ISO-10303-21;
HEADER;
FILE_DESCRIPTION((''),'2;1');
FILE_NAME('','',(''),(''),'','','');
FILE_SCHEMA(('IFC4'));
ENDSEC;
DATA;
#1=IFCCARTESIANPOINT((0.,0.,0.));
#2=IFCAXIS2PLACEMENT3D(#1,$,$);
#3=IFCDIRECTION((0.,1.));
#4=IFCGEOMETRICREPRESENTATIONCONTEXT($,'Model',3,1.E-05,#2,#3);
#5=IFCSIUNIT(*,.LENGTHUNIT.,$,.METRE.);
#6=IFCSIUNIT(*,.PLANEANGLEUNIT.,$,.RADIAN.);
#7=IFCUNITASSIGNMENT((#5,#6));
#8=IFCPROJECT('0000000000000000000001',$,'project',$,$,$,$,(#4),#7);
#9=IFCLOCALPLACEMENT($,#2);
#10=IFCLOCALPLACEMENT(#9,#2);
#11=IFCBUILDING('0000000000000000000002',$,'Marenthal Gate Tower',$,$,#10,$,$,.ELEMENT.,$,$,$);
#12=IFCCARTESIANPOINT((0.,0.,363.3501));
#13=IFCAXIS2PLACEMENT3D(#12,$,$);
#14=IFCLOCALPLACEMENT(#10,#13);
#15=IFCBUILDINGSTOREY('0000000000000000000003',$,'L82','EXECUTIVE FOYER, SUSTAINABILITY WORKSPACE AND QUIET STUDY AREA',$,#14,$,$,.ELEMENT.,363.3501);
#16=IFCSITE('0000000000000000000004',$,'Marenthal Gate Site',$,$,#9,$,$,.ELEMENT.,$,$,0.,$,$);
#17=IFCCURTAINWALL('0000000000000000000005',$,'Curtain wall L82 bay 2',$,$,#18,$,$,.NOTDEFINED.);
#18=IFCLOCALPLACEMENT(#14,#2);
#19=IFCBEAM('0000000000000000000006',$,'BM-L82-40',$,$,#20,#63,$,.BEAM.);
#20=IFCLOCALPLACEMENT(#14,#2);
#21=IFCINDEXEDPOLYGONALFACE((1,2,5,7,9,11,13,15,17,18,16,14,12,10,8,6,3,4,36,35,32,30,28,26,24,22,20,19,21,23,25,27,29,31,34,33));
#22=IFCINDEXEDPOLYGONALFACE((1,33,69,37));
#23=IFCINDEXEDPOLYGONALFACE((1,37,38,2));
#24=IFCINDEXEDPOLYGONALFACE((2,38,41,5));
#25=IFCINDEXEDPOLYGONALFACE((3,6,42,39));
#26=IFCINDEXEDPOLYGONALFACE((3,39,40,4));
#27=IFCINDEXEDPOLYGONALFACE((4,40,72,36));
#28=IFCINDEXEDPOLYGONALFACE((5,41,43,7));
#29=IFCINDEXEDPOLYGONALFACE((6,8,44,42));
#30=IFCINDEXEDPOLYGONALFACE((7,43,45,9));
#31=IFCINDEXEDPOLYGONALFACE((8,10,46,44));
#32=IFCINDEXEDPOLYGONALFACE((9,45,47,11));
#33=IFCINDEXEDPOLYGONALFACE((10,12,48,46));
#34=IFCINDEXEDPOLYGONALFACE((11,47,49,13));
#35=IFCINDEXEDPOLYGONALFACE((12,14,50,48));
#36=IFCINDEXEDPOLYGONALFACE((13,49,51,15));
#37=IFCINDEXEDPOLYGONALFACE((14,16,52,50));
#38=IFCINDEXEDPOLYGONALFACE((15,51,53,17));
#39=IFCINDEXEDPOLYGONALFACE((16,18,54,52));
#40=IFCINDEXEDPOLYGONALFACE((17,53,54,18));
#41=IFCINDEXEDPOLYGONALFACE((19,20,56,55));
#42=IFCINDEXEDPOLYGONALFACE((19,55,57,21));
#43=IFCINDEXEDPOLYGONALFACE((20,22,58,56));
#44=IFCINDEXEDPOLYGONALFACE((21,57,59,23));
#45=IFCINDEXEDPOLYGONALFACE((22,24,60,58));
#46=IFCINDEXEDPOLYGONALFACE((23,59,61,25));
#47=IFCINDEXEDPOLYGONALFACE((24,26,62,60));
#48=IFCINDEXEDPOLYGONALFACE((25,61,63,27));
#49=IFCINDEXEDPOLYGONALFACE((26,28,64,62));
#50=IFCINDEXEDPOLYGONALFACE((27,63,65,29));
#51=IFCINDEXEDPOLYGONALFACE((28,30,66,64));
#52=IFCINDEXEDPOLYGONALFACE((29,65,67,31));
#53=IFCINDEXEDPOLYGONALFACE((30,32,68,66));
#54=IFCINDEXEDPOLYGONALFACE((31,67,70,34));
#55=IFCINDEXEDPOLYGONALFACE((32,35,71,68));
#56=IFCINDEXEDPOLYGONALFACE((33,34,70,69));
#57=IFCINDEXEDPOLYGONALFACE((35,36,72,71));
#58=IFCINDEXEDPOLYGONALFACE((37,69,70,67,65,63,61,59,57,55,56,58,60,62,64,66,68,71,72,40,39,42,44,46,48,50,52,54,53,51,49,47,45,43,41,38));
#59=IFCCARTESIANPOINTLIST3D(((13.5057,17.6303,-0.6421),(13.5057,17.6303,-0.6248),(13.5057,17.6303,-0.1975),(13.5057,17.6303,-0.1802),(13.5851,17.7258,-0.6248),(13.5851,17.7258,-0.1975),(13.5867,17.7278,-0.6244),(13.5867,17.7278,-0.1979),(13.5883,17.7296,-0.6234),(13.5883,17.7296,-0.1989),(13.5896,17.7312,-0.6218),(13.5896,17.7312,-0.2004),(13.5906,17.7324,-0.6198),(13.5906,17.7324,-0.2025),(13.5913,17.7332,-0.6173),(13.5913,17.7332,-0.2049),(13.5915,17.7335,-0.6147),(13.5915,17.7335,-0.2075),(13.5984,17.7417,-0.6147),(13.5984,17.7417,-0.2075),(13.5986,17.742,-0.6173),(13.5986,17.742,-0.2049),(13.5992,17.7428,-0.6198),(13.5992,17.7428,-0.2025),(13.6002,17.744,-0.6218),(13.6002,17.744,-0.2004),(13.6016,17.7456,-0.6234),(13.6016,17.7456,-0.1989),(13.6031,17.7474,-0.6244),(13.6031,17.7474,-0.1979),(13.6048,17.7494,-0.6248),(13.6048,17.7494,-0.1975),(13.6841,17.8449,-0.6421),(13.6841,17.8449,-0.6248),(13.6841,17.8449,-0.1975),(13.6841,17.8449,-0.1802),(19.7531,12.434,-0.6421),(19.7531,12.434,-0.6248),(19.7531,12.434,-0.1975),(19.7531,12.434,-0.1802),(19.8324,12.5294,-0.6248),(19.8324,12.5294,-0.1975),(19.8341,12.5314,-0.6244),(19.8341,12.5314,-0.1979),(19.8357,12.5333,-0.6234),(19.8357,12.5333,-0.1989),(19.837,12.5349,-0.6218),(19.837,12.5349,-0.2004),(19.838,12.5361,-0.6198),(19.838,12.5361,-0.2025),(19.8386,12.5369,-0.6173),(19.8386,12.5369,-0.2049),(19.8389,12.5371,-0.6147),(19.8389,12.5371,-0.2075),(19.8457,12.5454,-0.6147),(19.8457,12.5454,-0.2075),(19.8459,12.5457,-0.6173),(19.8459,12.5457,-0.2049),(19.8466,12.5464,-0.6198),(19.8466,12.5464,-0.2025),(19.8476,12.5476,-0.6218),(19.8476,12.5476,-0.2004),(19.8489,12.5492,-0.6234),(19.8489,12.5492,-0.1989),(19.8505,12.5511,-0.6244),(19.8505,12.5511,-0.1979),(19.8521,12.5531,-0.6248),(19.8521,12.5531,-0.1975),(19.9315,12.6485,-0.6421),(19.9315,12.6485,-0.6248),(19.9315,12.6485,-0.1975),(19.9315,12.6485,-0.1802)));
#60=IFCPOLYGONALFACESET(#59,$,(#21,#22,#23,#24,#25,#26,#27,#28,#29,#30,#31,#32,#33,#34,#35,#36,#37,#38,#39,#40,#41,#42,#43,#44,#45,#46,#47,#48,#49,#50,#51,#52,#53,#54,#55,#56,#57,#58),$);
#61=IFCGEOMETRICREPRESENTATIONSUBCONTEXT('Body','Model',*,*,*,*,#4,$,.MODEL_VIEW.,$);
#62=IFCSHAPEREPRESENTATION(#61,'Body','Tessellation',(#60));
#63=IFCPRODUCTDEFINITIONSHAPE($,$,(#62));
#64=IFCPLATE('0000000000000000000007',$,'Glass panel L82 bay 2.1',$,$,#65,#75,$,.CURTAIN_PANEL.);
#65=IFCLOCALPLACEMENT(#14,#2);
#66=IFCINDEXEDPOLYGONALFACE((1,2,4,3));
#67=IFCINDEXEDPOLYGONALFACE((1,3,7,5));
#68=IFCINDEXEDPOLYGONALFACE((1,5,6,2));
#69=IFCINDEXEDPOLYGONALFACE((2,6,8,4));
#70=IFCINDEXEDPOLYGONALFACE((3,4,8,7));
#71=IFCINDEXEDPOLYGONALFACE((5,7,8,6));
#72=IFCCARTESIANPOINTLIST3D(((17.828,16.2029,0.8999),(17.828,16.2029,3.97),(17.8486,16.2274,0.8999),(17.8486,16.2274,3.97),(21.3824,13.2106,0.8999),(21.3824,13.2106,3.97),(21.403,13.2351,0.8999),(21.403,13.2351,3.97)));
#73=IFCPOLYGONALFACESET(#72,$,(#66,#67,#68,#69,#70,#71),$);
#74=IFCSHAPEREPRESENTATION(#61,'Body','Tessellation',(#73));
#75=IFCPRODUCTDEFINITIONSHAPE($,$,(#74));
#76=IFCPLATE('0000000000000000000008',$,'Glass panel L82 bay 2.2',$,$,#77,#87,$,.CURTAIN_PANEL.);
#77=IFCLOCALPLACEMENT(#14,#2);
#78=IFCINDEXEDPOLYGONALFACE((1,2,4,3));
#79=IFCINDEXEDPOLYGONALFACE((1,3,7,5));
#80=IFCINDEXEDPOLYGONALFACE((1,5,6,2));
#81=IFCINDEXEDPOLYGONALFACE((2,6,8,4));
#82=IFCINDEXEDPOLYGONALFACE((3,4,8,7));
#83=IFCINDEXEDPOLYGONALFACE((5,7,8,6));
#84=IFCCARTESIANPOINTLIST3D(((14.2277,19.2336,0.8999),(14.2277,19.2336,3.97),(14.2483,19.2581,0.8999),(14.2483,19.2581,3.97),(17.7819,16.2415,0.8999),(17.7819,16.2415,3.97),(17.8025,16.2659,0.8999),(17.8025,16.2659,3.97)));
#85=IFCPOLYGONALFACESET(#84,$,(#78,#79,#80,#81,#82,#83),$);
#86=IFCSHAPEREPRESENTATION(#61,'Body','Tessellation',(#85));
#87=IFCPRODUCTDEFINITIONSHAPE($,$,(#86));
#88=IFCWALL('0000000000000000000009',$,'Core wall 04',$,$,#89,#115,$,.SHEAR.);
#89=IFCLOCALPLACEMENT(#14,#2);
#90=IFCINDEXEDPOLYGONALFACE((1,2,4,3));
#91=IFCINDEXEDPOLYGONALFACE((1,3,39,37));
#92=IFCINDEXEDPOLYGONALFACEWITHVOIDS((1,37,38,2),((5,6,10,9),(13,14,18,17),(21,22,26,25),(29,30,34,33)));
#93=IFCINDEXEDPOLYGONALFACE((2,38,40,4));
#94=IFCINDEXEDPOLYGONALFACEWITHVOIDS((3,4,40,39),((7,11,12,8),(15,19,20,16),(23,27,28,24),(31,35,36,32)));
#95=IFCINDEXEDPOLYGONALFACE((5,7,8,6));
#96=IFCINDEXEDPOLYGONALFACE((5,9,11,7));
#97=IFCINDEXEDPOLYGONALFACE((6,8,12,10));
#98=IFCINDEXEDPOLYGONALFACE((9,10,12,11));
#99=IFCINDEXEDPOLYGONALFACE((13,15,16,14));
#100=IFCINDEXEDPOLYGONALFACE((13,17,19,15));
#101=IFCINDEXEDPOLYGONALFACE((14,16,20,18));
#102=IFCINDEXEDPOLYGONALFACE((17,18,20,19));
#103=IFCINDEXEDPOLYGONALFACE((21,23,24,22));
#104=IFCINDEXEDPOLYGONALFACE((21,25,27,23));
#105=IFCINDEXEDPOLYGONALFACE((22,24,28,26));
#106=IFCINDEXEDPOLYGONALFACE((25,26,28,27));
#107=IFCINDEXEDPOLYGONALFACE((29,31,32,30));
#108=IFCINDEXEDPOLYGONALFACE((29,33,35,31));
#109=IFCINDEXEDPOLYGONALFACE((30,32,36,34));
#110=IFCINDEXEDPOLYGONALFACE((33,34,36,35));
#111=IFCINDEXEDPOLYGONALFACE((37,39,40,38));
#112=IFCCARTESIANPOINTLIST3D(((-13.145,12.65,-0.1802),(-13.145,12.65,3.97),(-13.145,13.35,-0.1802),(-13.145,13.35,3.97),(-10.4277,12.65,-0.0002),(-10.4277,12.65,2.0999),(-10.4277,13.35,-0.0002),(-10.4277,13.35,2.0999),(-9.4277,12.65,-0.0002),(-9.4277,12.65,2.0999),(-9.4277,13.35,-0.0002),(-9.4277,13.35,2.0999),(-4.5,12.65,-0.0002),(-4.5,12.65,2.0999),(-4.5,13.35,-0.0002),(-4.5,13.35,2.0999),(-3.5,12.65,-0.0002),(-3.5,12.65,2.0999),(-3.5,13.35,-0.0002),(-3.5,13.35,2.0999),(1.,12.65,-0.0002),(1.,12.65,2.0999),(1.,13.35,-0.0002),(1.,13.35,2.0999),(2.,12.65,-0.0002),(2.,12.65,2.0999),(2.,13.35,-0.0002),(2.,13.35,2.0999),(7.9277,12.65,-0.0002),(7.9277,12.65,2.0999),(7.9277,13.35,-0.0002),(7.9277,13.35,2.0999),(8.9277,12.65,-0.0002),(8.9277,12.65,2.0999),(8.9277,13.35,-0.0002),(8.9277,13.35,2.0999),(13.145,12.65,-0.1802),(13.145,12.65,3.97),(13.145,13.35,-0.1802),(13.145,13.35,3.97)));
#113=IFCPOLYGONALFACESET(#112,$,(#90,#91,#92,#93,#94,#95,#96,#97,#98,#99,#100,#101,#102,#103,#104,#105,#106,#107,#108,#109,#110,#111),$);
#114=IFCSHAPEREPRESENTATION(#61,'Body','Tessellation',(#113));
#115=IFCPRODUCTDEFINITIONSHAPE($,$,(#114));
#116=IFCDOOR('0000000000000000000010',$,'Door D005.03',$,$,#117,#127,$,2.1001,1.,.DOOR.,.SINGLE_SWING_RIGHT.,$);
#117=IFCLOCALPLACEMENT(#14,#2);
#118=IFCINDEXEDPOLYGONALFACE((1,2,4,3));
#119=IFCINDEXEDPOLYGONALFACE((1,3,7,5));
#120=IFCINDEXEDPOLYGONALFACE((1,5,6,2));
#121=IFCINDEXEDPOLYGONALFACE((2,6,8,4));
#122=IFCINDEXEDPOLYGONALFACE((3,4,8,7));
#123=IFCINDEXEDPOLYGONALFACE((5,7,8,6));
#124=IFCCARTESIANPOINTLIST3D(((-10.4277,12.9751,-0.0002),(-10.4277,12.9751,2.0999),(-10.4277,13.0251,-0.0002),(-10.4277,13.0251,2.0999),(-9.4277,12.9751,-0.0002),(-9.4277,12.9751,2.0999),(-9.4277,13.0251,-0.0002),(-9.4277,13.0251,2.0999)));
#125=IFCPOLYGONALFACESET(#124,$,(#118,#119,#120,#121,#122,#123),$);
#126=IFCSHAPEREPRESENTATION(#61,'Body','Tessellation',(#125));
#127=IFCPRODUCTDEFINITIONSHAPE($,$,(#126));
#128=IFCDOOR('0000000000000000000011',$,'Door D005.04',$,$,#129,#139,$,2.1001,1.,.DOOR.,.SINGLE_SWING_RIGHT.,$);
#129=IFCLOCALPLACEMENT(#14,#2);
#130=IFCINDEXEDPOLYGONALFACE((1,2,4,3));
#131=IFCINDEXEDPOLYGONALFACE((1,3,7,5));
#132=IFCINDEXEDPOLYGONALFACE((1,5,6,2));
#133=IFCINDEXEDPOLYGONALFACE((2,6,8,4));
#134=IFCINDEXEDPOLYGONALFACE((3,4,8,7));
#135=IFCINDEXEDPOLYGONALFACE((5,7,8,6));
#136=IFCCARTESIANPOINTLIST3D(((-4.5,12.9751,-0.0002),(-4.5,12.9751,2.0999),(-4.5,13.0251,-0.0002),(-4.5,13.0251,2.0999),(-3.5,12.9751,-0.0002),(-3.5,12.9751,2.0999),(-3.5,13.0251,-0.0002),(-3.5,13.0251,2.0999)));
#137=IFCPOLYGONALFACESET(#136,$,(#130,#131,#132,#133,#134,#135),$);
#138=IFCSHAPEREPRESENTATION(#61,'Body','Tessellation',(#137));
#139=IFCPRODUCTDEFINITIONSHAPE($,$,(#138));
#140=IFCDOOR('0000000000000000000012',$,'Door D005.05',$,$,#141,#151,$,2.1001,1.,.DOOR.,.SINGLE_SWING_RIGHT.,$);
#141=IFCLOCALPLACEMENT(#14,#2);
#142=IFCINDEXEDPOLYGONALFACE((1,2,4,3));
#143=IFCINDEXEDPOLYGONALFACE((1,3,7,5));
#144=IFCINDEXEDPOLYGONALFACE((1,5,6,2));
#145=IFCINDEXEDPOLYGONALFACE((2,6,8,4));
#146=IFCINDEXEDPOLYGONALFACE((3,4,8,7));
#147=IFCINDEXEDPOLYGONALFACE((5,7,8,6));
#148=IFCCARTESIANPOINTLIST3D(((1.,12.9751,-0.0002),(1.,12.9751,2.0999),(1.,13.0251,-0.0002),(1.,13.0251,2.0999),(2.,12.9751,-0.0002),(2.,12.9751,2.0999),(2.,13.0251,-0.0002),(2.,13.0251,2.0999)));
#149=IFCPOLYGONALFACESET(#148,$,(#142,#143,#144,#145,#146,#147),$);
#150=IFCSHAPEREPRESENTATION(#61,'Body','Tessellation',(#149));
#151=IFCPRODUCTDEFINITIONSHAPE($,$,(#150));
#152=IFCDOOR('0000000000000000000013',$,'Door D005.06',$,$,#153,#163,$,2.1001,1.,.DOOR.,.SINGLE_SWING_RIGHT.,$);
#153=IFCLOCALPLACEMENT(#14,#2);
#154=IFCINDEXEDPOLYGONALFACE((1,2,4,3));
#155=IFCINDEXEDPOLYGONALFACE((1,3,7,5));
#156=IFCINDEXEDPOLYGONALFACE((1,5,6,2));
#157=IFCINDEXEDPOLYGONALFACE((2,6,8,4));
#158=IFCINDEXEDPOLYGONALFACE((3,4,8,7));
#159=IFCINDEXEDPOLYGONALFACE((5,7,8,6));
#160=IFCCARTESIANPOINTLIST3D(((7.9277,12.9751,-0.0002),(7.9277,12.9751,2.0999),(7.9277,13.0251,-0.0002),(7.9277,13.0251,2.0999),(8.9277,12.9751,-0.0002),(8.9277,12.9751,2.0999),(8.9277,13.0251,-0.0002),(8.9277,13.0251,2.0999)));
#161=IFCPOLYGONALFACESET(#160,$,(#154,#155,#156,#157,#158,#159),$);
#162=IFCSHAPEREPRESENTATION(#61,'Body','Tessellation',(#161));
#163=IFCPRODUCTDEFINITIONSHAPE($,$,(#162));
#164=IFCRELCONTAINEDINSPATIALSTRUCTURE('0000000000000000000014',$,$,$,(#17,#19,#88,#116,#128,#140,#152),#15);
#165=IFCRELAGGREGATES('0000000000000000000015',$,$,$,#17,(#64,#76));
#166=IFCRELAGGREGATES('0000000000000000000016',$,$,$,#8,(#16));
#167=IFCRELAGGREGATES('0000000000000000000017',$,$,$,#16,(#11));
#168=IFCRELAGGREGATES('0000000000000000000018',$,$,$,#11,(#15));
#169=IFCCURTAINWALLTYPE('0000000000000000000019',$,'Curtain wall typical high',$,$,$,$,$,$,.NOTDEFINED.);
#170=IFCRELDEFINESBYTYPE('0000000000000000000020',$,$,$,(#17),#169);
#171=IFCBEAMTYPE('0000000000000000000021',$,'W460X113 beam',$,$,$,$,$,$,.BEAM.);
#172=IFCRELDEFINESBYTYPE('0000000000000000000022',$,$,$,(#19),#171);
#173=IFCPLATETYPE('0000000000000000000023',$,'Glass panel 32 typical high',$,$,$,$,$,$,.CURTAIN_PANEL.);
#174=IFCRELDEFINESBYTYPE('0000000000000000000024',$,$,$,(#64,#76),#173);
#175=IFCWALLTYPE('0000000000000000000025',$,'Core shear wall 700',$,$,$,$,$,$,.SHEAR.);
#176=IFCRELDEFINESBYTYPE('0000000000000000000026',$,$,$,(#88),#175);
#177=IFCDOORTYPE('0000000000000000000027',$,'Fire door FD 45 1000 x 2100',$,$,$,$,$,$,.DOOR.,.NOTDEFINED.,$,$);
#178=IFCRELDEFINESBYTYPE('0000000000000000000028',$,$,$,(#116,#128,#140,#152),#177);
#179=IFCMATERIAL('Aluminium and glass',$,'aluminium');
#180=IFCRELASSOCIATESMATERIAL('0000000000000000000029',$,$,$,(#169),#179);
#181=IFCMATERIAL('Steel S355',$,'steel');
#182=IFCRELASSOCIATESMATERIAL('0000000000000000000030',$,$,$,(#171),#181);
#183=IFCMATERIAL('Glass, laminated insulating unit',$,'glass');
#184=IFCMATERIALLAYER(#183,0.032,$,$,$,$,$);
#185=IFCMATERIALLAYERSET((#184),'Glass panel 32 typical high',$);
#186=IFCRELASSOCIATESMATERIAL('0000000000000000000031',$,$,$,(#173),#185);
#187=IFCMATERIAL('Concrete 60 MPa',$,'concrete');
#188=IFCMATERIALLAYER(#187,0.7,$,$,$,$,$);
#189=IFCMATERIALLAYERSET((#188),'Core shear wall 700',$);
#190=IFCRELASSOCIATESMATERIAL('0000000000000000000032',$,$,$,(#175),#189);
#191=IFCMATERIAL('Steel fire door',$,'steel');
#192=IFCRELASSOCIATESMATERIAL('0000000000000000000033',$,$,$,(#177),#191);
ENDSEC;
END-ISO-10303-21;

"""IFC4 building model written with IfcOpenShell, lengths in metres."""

from ifc_helpers import new_model, si_unit, direction, frame, frame_2d, origin, origin_2d, place, context, subcontext, project, spatial, rectangle, i_section, extrude, material, layer, layer_set, material_profile, profile_set, type_object, element, fill, aggregate, save


model = new_model("IFC4")

# Units and contexts
model_context = context("Model", 3, precision=1e-05, world=origin(), true_north=direction((0.0, 1.0)))
body_context = subcontext(model_context, "Body", "Model", "MODEL_VIEW")
ifc_project = project(units=[si_unit("LENGTHUNIT", "METRE"), si_unit("PLANEANGLEUNIT", "RADIAN")], contexts=[model_context])

# Site, building, storey
site_placement = place(None, origin())
site = spatial("IfcSite", under=ifc_project, at=site_placement, Name="Marenthal Gate Site", CompositionType="ELEMENT", RefElevation=0.0)
building_placement = place(site_placement, origin())
building = spatial("IfcBuilding", under=site, at=building_placement, Name="Marenthal Gate Tower", CompositionType="ELEMENT")
storey_placement = place(building_placement, frame((0.0, 0.0, 363.3501)))
storey = spatial("IfcBuildingStorey", under=building, at=storey_placement, Name="L82", Description="EXECUTIVE FOYER, SUSTAINABILITY WORKSPACE AND QUIET STUDY AREA", CompositionType="ELEMENT", Elevation=363.3501)

# Curtain wall
ifc_material_1 = material(Name="Aluminium and glass", Category="aluminium")
curtain_wall_type = type_object("IfcCurtainWallType", Name="Curtain wall typical high", PredefinedType="NOTDEFINED", material=ifc_material_1)
curtain_wall_placement = place(storey_placement, origin())
curtain_wall = element("IfcCurtainWall", 1, at=curtain_wall_placement, inside=storey, type_object=curtain_wall_type, Name="Curtain wall L82 bay 2", PredefinedType="NOTDEFINED")

# Beam
ifc_material_2 = material(Name="Steel S355", Category="steel")
ifc_material_profile_1 = material_profile(ifc_material_2, i_section(OverallWidth=0.2791, OverallDepth=0.4619, WebThickness=0.0107, FlangeThickness=0.0173, FilletRadius=0.01, at=origin_2d()), Name="W460X113")
ifc_profile_set_1 = profile_set([ifc_material_profile_1], Name="Steel S355")
beam_type_1 = type_object("IfcBeamType", Name="W460X113 beam", PredefinedType="BEAM", material=ifc_profile_set_1)
beam_1_placement = place(storey_placement, frame((19.8423, 12.5413, -0.4111), z_axis=(-0.768814, 0.639472, 0.0), x_axis=(-0.639472, -0.768814, 0.0)))
element("IfcBeam", 2, at=beam_1_placement, inside=storey, type_object=beam_type_1, Name="BM-L82-40", PredefinedType="BEAM", context=body_context, shape_type="SweptSolid", body=[
    extrude(i_section(OverallWidth=0.2791, OverallDepth=0.4619, WebThickness=0.0107, FlangeThickness=0.0173, FilletRadius=0.01, at=origin_2d()), origin(), (0.0, 0.0, 1.0), 8.126),
])

# Plates
ifc_material_3 = material(Name="Glass, laminated insulating unit", Category="glass")
ifc_layer_1 = layer(ifc_material_3, 0.032)
ifc_layer_set_1 = layer_set([ifc_layer_1], Name="Glass panel 32 typical high")
plate_type = type_object("IfcPlateType", Name="Glass panel 32 typical high", PredefinedType="CURTAIN_PANEL", material=ifc_layer_set_1)
plate_1_placement = place(storey_placement, frame((19.6155, 14.719, 0.8999), z_axis=(0.0, 0.0, 1.0), x_axis=(-0.765006, 0.644023, 0.0)))
plate_1 = element("IfcPlate", 3, at=plate_1_placement, type_object=plate_type, Name="Glass panel L82 bay 2.1", PredefinedType="CURTAIN_PANEL", context=body_context, shape_type="SweptSolid", body=[
    extrude(rectangle(XDim=4.6462, YDim=0.032, at=origin_2d()), origin(), (0.0, 0.0, 1.0), 3.0701),
])
plate_2_placement = place(storey_placement, frame((16.0151, 17.7498, 0.8999), z_axis=(0.0, 0.0, 1.0), x_axis=(-0.765006, 0.644023, 0.0)))
plate_2 = element("IfcPlate", 4, at=plate_2_placement, type_object=plate_type, Name="Glass panel L82 bay 2.2", PredefinedType="CURTAIN_PANEL", context=body_context, shape_type="SweptSolid", body=[
    extrude(rectangle(XDim=4.646, YDim=0.032, at=origin_2d()), origin(), (0.0, 0.0, 1.0), 3.0701),
])
aggregate(curtain_wall, [plate_1, plate_2])

# Wall, openings, doors
ifc_material_4 = material(Name="Concrete 60 MPa", Category="concrete")
ifc_layer_2 = layer(ifc_material_4, 0.7)
ifc_layer_set_2 = layer_set([ifc_layer_2], Name="Core shear wall 700")
wall_type_1 = type_object("IfcWallType", Name="Core shear wall 700", PredefinedType="SHEAR", material=ifc_layer_set_2)
wall_1_placement = place(storey_placement, frame((13.145, 13.0, -0.1802), z_axis=(0.0, 0.0, 1.0), x_axis=(-1.0, 0.0, 0.0)))
wall_1 = element("IfcWall", 5, at=wall_1_placement, inside=storey, type_object=wall_type_1, Name="Core wall 04", PredefinedType="SHEAR", context=body_context, shape_type="SweptSolid", body=[
    extrude(rectangle(XDim=26.29, YDim=0.7, at=frame_2d((13.145, 0.0))), origin(), (0.0, 0.0, 1.0), 4.1501),
])
opening_1_placement = place(wall_1_placement, frame((22.5728, 0.0, 0.1799)))
opening_1 = element("IfcOpeningElement", 6, at=opening_1_placement, cuts=wall_1, PredefinedType="OPENING", context=body_context, shape_type="SweptSolid", body=[
    extrude(rectangle(XDim=1.0, YDim=2.1001, at=frame_2d((0.5, 1.05))), frame((0.0, 0.3599, 0.0), z_axis=(0.0, -1.0, 0.0), x_axis=(1.0, 0.0, 0.0)), (0.0, 0.0, 1.0), 0.72),
])
opening_2_placement = place(wall_1_placement, frame((16.645, 0.0, 0.1799)))
opening_2 = element("IfcOpeningElement", 7, at=opening_2_placement, cuts=wall_1, PredefinedType="OPENING", context=body_context, shape_type="SweptSolid", body=[
    extrude(rectangle(XDim=1.0, YDim=2.1001, at=frame_2d((0.5, 1.05))), frame((0.0, 0.3599, 0.0), z_axis=(0.0, -1.0, 0.0), x_axis=(1.0, 0.0, 0.0)), (0.0, 0.0, 1.0), 0.72),
])
opening_3_placement = place(wall_1_placement, frame((11.145, 0.0, 0.1799)))
opening_3 = element("IfcOpeningElement", 8, at=opening_3_placement, cuts=wall_1, PredefinedType="OPENING", context=body_context, shape_type="SweptSolid", body=[
    extrude(rectangle(XDim=1.0, YDim=2.1001, at=frame_2d((0.5, 1.05))), frame((0.0, 0.3599, 0.0), z_axis=(0.0, -1.0, 0.0), x_axis=(1.0, 0.0, 0.0)), (0.0, 0.0, 1.0), 0.72),
])
opening_4_placement = place(wall_1_placement, frame((4.2173, 0.0, 0.1799)))
opening_4 = element("IfcOpeningElement", 9, at=opening_4_placement, cuts=wall_1, PredefinedType="OPENING", context=body_context, shape_type="SweptSolid", body=[
    extrude(rectangle(XDim=1.0, YDim=2.1001, at=frame_2d((0.5, 1.05))), frame((0.0, 0.3599, 0.0), z_axis=(0.0, -1.0, 0.0), x_axis=(1.0, 0.0, 0.0)), (0.0, 0.0, 1.0), 0.72),
])
ifc_material_5 = material(Name="Steel fire door", Category="steel")
door_type_1 = type_object("IfcDoorType", Name="Fire door FD 45 1000 x 2100", OperationType="NOTDEFINED", PredefinedType="DOOR", material=ifc_material_5)
door_1_placement = place(opening_1_placement, origin())
door_1 = element("IfcDoor", 10, at=door_1_placement, inside=storey, type_object=door_type_1, Name="Door D005.03", OperationType="SINGLE_SWING_RIGHT", OverallHeight=2.1001, OverallWidth=1.0, PredefinedType="DOOR", context=body_context, shape_type="SweptSolid", body=[
    extrude(rectangle(XDim=1.0, YDim=2.1001, at=frame_2d((0.5, 1.05))), frame((0.0, 0.0249, 0.0), z_axis=(0.0, -1.0, 0.0), x_axis=(1.0, 0.0, 0.0)), (0.0, 0.0, 1.0), 0.05),
])
fill(opening_1, door_1)
door_2_placement = place(opening_2_placement, origin())
door_2 = element("IfcDoor", 11, at=door_2_placement, inside=storey, type_object=door_type_1, Name="Door D005.04", OperationType="SINGLE_SWING_RIGHT", OverallHeight=2.1001, OverallWidth=1.0, PredefinedType="DOOR", context=body_context, shape_type="SweptSolid", body=[
    extrude(rectangle(XDim=1.0, YDim=2.1001, at=frame_2d((0.5, 1.05))), frame((0.0, 0.0249, 0.0), z_axis=(0.0, -1.0, 0.0), x_axis=(1.0, 0.0, 0.0)), (0.0, 0.0, 1.0), 0.05),
])
fill(opening_2, door_2)
door_3_placement = place(opening_3_placement, origin())
door_3 = element("IfcDoor", 12, at=door_3_placement, inside=storey, type_object=door_type_1, Name="Door D005.05", OperationType="SINGLE_SWING_RIGHT", OverallHeight=2.1001, OverallWidth=1.0, PredefinedType="DOOR", context=body_context, shape_type="SweptSolid", body=[
    extrude(rectangle(XDim=1.0, YDim=2.1001, at=frame_2d((0.5, 1.05))), frame((0.0, 0.0249, 0.0), z_axis=(0.0, -1.0, 0.0), x_axis=(1.0, 0.0, 0.0)), (0.0, 0.0, 1.0), 0.05),
])
fill(opening_3, door_3)
door_4_placement = place(opening_4_placement, origin())
door_4 = element("IfcDoor", 13, at=door_4_placement, inside=storey, type_object=door_type_1, Name="Door D005.06", OperationType="SINGLE_SWING_RIGHT", OverallHeight=2.1001, OverallWidth=1.0, PredefinedType="DOOR", context=body_context, shape_type="SweptSolid", body=[
    extrude(rectangle(XDim=1.0, YDim=2.1001, at=frame_2d((0.5, 1.05))), frame((0.0, 0.0249, 0.0), z_axis=(0.0, -1.0, 0.0), x_axis=(1.0, 0.0, 0.0)), (0.0, 0.0, 1.0), 0.05),
])
fill(opening_4, door_4)

save(model, "model.ifc")
